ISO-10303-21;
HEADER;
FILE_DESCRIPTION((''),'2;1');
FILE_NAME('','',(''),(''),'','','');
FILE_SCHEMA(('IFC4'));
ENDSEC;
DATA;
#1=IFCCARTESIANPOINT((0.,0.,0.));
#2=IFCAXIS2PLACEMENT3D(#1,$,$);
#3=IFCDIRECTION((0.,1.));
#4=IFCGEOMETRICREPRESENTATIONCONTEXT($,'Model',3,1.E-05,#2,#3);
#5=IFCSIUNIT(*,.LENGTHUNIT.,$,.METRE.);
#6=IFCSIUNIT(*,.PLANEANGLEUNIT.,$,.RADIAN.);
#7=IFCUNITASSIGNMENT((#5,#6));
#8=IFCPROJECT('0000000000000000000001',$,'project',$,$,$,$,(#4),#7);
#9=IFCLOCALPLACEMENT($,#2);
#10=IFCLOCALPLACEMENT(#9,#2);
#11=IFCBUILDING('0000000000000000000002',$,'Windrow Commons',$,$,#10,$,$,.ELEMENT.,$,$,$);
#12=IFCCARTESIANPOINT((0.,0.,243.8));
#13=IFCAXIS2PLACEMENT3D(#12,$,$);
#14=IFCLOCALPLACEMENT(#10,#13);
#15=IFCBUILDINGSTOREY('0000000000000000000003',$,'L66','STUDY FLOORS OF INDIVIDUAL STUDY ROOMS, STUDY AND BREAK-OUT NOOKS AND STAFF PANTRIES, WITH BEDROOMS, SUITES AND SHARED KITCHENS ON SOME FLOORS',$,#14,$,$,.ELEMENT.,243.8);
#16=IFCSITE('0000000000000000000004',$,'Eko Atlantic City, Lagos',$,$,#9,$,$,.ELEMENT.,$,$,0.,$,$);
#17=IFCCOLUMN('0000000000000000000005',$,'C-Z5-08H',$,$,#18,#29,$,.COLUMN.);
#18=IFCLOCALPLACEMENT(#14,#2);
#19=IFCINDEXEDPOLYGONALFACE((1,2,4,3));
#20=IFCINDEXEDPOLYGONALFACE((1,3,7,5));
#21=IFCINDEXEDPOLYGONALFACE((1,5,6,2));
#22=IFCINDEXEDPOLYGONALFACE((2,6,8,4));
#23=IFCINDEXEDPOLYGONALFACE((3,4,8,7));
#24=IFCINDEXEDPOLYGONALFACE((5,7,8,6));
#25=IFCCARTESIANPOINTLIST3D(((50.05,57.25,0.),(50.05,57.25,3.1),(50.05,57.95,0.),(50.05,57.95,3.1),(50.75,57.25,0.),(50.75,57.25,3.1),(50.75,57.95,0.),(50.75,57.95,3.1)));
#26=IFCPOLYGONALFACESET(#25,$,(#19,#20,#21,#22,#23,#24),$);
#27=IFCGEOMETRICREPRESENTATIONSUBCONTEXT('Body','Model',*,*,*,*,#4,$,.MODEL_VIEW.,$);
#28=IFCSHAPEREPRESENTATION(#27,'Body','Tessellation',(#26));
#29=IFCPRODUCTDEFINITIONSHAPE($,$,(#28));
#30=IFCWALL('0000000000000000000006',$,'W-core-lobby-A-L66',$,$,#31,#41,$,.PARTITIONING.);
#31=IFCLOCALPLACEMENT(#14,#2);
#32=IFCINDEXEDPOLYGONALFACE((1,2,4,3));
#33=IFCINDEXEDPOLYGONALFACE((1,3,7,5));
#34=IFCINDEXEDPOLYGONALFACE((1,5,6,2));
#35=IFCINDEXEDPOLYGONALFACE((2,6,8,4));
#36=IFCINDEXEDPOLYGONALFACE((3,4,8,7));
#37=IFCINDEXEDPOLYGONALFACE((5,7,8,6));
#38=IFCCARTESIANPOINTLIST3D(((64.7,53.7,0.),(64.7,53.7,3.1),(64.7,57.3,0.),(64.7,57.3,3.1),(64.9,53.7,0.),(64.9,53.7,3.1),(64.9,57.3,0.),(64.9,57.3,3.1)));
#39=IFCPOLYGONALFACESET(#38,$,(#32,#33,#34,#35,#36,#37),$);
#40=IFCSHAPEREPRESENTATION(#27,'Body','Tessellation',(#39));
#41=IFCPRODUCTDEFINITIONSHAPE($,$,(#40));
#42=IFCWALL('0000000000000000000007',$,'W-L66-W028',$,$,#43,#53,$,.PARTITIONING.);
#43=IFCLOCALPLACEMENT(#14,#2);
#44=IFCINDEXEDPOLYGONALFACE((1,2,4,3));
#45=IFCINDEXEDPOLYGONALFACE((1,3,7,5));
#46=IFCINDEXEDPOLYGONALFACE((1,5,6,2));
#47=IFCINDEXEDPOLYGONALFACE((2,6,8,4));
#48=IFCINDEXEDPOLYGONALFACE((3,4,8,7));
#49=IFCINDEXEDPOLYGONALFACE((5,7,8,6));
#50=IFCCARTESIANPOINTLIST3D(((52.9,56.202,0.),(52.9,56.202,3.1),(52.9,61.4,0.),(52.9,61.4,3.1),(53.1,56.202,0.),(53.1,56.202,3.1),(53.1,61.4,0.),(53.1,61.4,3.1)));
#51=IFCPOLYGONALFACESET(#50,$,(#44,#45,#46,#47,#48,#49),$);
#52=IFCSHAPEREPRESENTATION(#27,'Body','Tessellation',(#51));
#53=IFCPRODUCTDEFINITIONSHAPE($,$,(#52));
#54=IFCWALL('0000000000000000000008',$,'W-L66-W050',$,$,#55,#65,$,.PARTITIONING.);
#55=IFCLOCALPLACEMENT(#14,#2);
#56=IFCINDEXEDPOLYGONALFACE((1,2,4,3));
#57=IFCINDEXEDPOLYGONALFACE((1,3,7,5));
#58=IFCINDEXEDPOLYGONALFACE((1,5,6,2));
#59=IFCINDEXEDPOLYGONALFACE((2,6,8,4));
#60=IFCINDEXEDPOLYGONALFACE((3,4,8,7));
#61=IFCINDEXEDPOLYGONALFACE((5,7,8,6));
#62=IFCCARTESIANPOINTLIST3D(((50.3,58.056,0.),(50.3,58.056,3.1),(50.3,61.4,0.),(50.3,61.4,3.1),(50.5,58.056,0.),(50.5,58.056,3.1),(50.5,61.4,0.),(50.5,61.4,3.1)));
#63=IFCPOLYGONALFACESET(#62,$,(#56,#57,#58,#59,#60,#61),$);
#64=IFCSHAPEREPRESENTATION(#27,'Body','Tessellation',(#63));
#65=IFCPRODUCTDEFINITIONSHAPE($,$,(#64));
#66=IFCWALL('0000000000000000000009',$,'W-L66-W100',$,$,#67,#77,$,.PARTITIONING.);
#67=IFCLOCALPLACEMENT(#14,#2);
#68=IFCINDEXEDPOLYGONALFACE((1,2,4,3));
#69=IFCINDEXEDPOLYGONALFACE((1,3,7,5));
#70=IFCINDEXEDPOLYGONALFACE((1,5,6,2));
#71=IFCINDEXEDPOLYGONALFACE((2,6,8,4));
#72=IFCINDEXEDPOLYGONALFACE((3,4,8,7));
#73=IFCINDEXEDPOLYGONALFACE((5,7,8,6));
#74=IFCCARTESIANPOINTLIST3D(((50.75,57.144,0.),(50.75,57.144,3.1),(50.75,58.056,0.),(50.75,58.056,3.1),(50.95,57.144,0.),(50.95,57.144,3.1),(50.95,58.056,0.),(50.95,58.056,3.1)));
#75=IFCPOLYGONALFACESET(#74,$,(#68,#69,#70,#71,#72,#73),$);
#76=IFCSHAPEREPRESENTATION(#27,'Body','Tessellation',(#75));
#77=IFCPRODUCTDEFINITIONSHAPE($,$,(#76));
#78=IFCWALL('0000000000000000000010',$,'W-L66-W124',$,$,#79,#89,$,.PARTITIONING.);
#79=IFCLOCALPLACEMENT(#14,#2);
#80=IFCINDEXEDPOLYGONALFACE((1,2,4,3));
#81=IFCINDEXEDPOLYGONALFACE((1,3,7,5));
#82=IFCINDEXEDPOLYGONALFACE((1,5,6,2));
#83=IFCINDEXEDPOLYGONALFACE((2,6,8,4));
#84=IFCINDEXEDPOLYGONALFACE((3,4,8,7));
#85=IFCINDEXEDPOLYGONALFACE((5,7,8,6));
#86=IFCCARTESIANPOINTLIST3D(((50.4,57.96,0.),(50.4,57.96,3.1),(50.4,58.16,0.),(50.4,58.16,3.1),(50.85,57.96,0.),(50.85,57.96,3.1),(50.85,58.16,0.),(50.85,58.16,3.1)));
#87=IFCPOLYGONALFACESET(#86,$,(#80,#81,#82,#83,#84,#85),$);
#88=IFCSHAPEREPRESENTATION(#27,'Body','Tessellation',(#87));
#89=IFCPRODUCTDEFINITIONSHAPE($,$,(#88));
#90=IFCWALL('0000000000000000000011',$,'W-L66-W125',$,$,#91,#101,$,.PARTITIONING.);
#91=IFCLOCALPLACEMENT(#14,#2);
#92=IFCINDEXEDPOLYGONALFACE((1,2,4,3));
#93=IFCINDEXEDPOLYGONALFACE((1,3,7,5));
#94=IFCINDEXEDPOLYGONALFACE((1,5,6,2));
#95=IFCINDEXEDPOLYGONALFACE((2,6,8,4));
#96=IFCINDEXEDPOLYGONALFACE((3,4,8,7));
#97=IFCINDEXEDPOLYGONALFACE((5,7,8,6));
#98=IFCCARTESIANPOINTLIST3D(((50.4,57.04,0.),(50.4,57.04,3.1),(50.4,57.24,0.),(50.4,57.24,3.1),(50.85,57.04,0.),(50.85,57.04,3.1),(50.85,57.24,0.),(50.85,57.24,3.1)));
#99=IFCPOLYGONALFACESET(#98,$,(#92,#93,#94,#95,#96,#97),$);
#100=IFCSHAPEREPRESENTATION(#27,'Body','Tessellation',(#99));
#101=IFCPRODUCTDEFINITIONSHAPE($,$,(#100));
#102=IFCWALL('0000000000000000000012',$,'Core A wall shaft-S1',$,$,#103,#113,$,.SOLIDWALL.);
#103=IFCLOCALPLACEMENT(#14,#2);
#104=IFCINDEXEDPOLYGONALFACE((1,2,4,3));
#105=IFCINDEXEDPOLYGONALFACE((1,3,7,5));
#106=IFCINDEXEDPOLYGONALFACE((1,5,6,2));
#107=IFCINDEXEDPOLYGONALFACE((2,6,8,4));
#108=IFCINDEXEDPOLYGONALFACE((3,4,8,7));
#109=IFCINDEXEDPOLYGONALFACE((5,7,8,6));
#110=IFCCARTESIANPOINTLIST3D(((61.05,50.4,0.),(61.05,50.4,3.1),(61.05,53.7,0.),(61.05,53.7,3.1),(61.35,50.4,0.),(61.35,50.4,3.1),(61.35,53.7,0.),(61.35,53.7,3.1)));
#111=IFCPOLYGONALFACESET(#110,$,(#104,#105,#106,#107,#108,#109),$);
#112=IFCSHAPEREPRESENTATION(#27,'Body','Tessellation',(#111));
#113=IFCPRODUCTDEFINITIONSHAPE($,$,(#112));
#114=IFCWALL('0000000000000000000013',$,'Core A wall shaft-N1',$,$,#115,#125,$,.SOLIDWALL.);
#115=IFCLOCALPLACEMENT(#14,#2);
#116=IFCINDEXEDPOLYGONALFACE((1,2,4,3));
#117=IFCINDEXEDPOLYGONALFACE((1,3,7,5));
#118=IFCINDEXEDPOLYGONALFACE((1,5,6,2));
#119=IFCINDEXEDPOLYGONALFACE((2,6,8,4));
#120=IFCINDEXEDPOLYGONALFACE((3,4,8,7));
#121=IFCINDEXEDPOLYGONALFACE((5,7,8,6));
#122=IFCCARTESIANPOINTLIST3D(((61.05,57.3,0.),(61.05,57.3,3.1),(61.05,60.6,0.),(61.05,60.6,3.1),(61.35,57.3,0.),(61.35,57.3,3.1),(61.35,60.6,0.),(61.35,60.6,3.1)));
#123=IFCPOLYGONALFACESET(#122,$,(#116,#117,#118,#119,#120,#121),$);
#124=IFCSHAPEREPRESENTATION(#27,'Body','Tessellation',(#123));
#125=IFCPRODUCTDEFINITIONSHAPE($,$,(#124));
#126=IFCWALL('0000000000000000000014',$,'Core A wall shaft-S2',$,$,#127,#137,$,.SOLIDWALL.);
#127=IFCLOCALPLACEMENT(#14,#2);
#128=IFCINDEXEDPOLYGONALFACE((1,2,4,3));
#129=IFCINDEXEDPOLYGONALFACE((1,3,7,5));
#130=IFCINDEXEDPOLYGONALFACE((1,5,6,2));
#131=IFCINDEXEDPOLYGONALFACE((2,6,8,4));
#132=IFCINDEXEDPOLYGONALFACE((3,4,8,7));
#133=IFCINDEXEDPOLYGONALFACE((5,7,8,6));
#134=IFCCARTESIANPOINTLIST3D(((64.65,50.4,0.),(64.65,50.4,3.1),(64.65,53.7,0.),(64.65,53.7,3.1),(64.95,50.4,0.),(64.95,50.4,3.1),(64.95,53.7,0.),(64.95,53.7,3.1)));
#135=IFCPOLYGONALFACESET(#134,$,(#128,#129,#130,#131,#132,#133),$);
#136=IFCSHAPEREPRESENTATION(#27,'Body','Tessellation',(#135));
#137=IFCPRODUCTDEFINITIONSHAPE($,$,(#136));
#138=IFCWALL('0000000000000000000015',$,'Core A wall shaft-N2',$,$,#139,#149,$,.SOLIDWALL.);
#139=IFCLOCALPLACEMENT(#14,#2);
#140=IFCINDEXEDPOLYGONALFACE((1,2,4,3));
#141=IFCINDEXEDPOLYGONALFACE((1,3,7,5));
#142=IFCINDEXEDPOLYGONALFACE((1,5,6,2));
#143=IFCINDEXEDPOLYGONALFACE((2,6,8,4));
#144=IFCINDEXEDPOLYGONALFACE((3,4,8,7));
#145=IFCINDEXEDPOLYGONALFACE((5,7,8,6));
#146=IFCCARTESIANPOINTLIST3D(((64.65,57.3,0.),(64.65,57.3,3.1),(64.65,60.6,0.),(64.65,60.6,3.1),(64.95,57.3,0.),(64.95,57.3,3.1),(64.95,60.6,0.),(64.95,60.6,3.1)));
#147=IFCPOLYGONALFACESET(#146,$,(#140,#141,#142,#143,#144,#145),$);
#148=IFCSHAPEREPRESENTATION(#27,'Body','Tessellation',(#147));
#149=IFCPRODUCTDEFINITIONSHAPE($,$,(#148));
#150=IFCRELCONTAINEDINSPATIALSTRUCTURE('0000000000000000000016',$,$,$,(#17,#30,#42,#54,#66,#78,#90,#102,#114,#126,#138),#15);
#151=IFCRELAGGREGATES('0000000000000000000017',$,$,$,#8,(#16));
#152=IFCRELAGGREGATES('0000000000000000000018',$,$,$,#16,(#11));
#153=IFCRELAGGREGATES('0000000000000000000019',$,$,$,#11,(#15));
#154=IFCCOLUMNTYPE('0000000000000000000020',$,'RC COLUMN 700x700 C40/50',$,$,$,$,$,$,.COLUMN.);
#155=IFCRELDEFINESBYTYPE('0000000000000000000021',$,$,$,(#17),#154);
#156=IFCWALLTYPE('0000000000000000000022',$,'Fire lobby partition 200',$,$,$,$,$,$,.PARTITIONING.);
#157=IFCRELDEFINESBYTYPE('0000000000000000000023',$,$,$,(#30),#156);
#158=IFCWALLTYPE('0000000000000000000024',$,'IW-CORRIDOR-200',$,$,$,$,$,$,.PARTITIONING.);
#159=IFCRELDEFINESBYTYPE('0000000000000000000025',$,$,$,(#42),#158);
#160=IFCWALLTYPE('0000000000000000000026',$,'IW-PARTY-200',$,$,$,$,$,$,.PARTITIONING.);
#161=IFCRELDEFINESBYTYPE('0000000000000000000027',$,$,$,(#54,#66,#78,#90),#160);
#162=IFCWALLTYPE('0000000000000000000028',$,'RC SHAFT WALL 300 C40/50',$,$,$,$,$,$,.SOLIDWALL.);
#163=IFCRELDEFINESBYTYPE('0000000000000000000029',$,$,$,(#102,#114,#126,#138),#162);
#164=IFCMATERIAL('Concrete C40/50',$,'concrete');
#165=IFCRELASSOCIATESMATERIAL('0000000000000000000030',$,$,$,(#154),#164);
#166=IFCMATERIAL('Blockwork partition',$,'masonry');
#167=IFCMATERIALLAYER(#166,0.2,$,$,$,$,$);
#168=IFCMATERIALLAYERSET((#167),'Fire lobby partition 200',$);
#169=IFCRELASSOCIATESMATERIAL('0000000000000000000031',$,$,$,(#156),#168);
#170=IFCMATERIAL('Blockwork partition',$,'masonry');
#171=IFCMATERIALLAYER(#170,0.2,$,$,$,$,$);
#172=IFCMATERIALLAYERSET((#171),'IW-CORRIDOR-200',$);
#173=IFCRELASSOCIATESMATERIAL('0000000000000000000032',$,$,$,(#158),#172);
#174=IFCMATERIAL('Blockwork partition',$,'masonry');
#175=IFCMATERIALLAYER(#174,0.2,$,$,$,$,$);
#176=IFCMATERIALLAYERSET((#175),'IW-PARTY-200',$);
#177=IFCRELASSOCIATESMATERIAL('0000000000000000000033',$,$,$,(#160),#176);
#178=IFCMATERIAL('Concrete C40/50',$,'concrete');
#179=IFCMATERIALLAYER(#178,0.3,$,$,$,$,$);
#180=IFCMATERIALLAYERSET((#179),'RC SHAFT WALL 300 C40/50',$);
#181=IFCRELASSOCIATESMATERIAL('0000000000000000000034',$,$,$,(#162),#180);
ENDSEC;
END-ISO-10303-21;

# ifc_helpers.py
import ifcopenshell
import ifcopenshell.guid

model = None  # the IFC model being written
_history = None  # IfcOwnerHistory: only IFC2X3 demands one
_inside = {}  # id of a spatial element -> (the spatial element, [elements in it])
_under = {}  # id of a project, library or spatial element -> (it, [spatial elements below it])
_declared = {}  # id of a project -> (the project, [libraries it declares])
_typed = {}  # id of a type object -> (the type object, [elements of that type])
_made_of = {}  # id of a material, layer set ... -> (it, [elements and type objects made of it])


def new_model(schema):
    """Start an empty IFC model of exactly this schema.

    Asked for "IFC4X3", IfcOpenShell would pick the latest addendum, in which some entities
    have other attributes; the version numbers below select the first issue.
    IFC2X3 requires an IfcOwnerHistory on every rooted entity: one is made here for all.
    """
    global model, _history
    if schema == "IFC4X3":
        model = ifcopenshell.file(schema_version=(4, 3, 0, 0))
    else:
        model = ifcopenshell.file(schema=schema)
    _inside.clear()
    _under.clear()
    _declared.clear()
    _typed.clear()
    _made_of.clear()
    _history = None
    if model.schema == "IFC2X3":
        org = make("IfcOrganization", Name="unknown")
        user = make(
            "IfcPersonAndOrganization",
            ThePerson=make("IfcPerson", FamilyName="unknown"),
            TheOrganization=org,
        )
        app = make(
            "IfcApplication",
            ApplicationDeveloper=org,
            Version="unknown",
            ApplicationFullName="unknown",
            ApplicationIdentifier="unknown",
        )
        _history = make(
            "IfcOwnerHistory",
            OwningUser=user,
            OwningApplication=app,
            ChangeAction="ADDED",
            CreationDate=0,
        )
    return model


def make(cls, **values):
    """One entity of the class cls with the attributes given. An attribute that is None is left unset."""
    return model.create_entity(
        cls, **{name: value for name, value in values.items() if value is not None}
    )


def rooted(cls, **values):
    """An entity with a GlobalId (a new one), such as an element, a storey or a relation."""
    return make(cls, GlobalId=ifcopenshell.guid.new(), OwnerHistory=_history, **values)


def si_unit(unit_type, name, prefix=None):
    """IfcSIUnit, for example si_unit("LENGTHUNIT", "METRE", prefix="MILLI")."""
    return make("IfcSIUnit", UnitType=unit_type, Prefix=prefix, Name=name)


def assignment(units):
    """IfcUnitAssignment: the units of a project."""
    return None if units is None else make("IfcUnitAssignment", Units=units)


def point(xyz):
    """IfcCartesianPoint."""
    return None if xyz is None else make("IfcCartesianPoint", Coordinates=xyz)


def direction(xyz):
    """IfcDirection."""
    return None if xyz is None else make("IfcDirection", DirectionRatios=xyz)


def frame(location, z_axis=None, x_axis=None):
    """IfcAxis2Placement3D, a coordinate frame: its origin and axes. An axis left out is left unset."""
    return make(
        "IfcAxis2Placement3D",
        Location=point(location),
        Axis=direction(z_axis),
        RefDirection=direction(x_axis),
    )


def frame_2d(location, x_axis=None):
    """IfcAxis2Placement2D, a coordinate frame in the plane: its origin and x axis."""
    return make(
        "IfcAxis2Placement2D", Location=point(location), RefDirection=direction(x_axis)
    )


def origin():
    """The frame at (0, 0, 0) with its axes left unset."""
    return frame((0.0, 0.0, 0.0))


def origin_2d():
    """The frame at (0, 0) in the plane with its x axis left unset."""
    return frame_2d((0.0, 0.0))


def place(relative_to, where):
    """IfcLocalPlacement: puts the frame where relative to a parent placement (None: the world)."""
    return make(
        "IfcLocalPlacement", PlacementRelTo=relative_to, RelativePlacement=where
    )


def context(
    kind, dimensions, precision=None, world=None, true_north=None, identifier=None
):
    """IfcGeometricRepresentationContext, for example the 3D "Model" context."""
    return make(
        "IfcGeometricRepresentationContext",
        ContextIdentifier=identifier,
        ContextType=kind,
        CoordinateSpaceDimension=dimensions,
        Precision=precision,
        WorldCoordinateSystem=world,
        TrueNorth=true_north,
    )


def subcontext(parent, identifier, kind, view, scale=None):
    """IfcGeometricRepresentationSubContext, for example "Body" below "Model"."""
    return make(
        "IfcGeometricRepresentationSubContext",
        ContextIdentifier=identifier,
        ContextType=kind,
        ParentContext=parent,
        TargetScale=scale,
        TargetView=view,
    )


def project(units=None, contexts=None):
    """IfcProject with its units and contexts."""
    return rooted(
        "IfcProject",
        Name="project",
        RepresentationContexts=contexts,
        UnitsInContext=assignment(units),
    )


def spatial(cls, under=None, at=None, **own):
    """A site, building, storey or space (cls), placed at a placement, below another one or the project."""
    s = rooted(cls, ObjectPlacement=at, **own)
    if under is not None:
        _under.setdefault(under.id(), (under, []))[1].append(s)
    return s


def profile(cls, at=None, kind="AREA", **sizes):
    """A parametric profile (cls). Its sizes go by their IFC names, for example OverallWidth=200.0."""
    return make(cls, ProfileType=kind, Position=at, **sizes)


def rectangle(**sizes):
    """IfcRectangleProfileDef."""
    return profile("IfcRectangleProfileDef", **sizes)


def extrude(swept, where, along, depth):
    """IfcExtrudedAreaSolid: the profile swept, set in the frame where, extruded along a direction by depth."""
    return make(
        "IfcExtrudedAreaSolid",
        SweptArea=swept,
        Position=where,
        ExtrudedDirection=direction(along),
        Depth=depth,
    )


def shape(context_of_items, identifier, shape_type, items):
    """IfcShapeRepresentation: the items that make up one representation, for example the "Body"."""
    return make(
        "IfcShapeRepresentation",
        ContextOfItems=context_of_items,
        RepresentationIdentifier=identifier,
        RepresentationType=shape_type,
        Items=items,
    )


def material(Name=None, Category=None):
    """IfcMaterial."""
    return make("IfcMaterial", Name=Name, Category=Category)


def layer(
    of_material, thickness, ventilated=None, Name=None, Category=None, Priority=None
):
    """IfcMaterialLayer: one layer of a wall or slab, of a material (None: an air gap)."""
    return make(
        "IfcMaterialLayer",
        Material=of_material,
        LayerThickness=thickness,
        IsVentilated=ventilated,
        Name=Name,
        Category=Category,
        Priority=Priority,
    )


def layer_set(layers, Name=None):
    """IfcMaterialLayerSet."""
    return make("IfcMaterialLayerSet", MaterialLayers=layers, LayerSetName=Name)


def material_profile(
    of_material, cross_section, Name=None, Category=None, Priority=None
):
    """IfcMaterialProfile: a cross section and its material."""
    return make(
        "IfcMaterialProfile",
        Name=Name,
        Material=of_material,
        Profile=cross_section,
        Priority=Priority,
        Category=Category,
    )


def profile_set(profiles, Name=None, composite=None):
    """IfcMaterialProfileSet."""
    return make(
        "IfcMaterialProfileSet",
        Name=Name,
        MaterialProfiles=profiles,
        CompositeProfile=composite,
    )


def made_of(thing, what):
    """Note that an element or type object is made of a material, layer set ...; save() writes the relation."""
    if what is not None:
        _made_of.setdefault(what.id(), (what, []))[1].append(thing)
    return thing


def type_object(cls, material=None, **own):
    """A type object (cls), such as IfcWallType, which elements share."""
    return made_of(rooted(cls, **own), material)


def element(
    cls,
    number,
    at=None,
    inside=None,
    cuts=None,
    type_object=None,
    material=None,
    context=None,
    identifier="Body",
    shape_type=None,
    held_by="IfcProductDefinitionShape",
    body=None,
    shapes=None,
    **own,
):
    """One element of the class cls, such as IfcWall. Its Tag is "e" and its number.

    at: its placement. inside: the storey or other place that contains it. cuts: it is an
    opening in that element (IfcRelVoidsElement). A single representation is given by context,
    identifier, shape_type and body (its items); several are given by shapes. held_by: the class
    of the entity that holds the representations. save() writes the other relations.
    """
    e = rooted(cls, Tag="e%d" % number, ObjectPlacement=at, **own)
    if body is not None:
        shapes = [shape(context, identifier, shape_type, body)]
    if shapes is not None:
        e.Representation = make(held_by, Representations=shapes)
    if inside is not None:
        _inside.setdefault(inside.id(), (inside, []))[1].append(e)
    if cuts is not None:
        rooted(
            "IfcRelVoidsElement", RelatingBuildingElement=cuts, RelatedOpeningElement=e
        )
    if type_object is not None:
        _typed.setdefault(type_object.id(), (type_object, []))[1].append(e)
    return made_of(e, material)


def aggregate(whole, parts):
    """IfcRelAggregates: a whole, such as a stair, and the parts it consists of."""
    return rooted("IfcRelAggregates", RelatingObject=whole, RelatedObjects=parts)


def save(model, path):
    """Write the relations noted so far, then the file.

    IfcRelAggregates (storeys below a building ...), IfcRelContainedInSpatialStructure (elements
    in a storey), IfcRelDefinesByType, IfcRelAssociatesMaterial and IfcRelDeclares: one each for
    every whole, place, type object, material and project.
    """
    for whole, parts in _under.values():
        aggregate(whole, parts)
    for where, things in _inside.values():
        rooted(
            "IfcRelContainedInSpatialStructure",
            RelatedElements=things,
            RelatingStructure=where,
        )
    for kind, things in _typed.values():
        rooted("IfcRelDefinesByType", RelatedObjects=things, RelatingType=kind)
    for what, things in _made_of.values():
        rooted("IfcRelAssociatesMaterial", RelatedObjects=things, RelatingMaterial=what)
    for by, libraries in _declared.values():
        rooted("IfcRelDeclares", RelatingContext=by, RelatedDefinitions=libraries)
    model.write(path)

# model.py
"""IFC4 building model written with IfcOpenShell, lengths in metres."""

from ifc_helpers import new_model, si_unit, direction, frame, frame_2d, origin, origin_2d, place, context, subcontext, project, spatial, rectangle, extrude, material, layer, layer_set, material_profile, profile_set, type_object, element, save


model = new_model("IFC4")

# Units and contexts
model_context = context("Model", 3, precision=1e-05, world=origin(), true_north=direction((0.0, 1.0)))
body_context = subcontext(model_context, "Body", "Model", "MODEL_VIEW")
ifc_project = project(units=[si_unit("LENGTHUNIT", "METRE"), si_unit("PLANEANGLEUNIT", "RADIAN")], contexts=[model_context])

# Site, building, storey
site_placement = place(None, origin())
site = spatial("IfcSite", under=ifc_project, at=site_placement, Name="Eko Atlantic City, Lagos", CompositionType="ELEMENT", RefElevation=0.0)
building_placement = place(site_placement, origin())
building = spatial("IfcBuilding", under=site, at=building_placement, Name="Windrow Commons", CompositionType="ELEMENT")
storey_placement = place(building_placement, frame((0.0, 0.0, 243.8)))
storey = spatial("IfcBuildingStorey", under=building, at=storey_placement, Name="L66", Description="STUDY FLOORS OF INDIVIDUAL STUDY ROOMS, STUDY AND BREAK-OUT NOOKS AND STAFF PANTRIES, WITH BEDROOMS, SUITES AND SHARED KITCHENS ON SOME FLOORS", CompositionType="ELEMENT", Elevation=243.8)

# Column
ifc_material_1 = material(Name="Concrete C40/50", Category="concrete")
ifc_material_profile = material_profile(ifc_material_1, rectangle(XDim=0.7, YDim=0.7, at=origin_2d()))
ifc_profile_set = profile_set([ifc_material_profile], Name="Concrete C40/50")
column_type = type_object("IfcColumnType", Name="RC COLUMN 700x700 C40/50", PredefinedType="COLUMN", material=ifc_profile_set)
column_placement = place(storey_placement, frame((50.4, 57.6, 0.0), z_axis=(0.0, 0.0, 1.0), x_axis=(1.0, 0.0, 0.0)))
element("IfcColumn", 1, at=column_placement, inside=storey, type_object=column_type, Name="C-Z5-08H", PredefinedType="COLUMN", context=body_context, shape_type="SweptSolid", body=[
    extrude(rectangle(XDim=0.7, YDim=0.7, at=origin_2d()), origin(), (0.0, 0.0, 1.0), 3.1),
])

# Walls
ifc_material_2 = material(Name="Blockwork partition", Category="masonry")
ifc_layer_1 = layer(ifc_material_2, 0.2)
ifc_layer_set_1 = layer_set([ifc_layer_1], Name="Fire lobby partition 200")
wall_type_1 = type_object("IfcWallType", Name="Fire lobby partition 200", PredefinedType="PARTITIONING", material=ifc_layer_set_1)
wall_1_placement = place(storey_placement, frame((64.8, 53.7, 0.0), z_axis=(0.0, 0.0, 1.0), x_axis=(0.0, 1.0, 0.0)))
element("IfcWall", 2, at=wall_1_placement, inside=storey, type_object=wall_type_1, Name="W-core-lobby-A-L66", PredefinedType="PARTITIONING", context=body_context, shape_type="SweptSolid", body=[
    extrude(rectangle(XDim=3.6, YDim=0.2, at=frame_2d((1.8, 0.0))), origin(), (0.0, 0.0, 1.0), 3.1),
])
ifc_material_3 = material(Name="Blockwork partition", Category="masonry")
ifc_layer_2 = layer(ifc_material_3, 0.2)
ifc_layer_set_2 = layer_set([ifc_layer_2], Name="IW-CORRIDOR-200")
wall_type_2 = type_object("IfcWallType", Name="IW-CORRIDOR-200", PredefinedType="PARTITIONING", material=ifc_layer_set_2)
wall_2_placement = place(storey_placement, frame((53.0, 56.202, 0.0), z_axis=(0.0, 0.0, 1.0), x_axis=(0.0, 1.0, 0.0)))
element("IfcWall", 3, at=wall_2_placement, inside=storey, type_object=wall_type_2, Name="W-L66-W028", PredefinedType="PARTITIONING", context=body_context, shape_type="SweptSolid", body=[
    extrude(rectangle(XDim=5.198, YDim=0.2, at=frame_2d((2.599, 0.0))), origin(), (0.0, 0.0, 1.0), 3.1),
])
ifc_material_4 = material(Name="Blockwork partition", Category="masonry")
ifc_layer_3 = layer(ifc_material_4, 0.2)
ifc_layer_set_3 = layer_set([ifc_layer_3], Name="IW-PARTY-200")
wall_type_3 = type_object("IfcWallType", Name="IW-PARTY-200", PredefinedType="PARTITIONING", material=ifc_layer_set_3)
wall_3_placement = place(storey_placement, frame((50.4, 58.056, 0.0), z_axis=(0.0, 0.0, 1.0), x_axis=(0.0, 1.0, 0.0)))
element("IfcWall", 4, at=wall_3_placement, inside=storey, type_object=wall_type_3, Name="W-L66-W050", PredefinedType="PARTITIONING", context=body_context, shape_type="SweptSolid", body=[
    extrude(rectangle(XDim=3.344, YDim=0.2, at=frame_2d((1.672, 0.0))), origin(), (0.0, 0.0, 1.0), 3.1),
])
wall_4_placement = place(storey_placement, frame((50.85, 57.144, 0.0), z_axis=(0.0, 0.0, 1.0), x_axis=(0.0, 1.0, 0.0)))
element("IfcWall", 5, at=wall_4_placement, inside=storey, type_object=wall_type_3, Name="W-L66-W100", PredefinedType="PARTITIONING", context=body_context, shape_type="SweptSolid", body=[
    extrude(rectangle(XDim=0.912, YDim=0.2, at=frame_2d((0.456, 0.0))), origin(), (0.0, 0.0, 1.0), 3.1),
])
for number, where, z_axis, x_axis, name in (
    (6, (50.4, 58.06, 0.0), (0.0, 0.0, 1.0), (1.0, 0.0, 0.0), "W-L66-W124"),
    (7, (50.4, 57.14, 0.0), (0.0, 0.0, 1.0), (1.0, 0.0, 0.0), "W-L66-W125"),
):
    element("IfcWall", number, at=place(storey_placement, frame(where, z_axis=z_axis, x_axis=x_axis)), inside=storey, type_object=wall_type_3, Name=name, PredefinedType="PARTITIONING", context=body_context, shape_type="SweptSolid", body=[
        extrude(rectangle(XDim=0.45, YDim=0.2, at=frame_2d((0.225, 0.0))), origin(), (0.0, 0.0, 1.0), 3.1),
    ])
ifc_material_5 = material(Name="Concrete C40/50", Category="concrete")
ifc_layer_4 = layer(ifc_material_5, 0.3)
ifc_layer_set_4 = layer_set([ifc_layer_4], Name="RC SHAFT WALL 300 C40/50")
wall_type_4 = type_object("IfcWallType", Name="RC SHAFT WALL 300 C40/50", PredefinedType="SOLIDWALL", material=ifc_layer_set_4)
for number, where, z_axis, x_axis, name in (
    (8, (61.2, 50.4, 0.0), (0.0, 0.0, 1.0), (0.0, 1.0, 0.0), "Core A wall shaft-S1"),
    (9, (61.2, 57.3, 0.0), (0.0, 0.0, 1.0), (0.0, 1.0, 0.0), "Core A wall shaft-N1"),
    (10, (64.8, 50.4, 0.0), (0.0, 0.0, 1.0), (0.0, 1.0, 0.0), "Core A wall shaft-S2"),
    (11, (64.8, 57.3, 0.0), (0.0, 0.0, 1.0), (0.0, 1.0, 0.0), "Core A wall shaft-N2"),
):
    element("IfcWall", number, at=place(storey_placement, frame(where, z_axis=z_axis, x_axis=x_axis)), inside=storey, type_object=wall_type_4, Name=name, PredefinedType="SOLIDWALL", context=body_context, shape_type="SweptSolid", body=[
        extrude(rectangle(XDim=3.3, YDim=0.3, at=frame_2d((1.65, 0.0))), origin(), (0.0, 0.0, 1.0), 3.1),
    ])

save(model, "model.ifc")
